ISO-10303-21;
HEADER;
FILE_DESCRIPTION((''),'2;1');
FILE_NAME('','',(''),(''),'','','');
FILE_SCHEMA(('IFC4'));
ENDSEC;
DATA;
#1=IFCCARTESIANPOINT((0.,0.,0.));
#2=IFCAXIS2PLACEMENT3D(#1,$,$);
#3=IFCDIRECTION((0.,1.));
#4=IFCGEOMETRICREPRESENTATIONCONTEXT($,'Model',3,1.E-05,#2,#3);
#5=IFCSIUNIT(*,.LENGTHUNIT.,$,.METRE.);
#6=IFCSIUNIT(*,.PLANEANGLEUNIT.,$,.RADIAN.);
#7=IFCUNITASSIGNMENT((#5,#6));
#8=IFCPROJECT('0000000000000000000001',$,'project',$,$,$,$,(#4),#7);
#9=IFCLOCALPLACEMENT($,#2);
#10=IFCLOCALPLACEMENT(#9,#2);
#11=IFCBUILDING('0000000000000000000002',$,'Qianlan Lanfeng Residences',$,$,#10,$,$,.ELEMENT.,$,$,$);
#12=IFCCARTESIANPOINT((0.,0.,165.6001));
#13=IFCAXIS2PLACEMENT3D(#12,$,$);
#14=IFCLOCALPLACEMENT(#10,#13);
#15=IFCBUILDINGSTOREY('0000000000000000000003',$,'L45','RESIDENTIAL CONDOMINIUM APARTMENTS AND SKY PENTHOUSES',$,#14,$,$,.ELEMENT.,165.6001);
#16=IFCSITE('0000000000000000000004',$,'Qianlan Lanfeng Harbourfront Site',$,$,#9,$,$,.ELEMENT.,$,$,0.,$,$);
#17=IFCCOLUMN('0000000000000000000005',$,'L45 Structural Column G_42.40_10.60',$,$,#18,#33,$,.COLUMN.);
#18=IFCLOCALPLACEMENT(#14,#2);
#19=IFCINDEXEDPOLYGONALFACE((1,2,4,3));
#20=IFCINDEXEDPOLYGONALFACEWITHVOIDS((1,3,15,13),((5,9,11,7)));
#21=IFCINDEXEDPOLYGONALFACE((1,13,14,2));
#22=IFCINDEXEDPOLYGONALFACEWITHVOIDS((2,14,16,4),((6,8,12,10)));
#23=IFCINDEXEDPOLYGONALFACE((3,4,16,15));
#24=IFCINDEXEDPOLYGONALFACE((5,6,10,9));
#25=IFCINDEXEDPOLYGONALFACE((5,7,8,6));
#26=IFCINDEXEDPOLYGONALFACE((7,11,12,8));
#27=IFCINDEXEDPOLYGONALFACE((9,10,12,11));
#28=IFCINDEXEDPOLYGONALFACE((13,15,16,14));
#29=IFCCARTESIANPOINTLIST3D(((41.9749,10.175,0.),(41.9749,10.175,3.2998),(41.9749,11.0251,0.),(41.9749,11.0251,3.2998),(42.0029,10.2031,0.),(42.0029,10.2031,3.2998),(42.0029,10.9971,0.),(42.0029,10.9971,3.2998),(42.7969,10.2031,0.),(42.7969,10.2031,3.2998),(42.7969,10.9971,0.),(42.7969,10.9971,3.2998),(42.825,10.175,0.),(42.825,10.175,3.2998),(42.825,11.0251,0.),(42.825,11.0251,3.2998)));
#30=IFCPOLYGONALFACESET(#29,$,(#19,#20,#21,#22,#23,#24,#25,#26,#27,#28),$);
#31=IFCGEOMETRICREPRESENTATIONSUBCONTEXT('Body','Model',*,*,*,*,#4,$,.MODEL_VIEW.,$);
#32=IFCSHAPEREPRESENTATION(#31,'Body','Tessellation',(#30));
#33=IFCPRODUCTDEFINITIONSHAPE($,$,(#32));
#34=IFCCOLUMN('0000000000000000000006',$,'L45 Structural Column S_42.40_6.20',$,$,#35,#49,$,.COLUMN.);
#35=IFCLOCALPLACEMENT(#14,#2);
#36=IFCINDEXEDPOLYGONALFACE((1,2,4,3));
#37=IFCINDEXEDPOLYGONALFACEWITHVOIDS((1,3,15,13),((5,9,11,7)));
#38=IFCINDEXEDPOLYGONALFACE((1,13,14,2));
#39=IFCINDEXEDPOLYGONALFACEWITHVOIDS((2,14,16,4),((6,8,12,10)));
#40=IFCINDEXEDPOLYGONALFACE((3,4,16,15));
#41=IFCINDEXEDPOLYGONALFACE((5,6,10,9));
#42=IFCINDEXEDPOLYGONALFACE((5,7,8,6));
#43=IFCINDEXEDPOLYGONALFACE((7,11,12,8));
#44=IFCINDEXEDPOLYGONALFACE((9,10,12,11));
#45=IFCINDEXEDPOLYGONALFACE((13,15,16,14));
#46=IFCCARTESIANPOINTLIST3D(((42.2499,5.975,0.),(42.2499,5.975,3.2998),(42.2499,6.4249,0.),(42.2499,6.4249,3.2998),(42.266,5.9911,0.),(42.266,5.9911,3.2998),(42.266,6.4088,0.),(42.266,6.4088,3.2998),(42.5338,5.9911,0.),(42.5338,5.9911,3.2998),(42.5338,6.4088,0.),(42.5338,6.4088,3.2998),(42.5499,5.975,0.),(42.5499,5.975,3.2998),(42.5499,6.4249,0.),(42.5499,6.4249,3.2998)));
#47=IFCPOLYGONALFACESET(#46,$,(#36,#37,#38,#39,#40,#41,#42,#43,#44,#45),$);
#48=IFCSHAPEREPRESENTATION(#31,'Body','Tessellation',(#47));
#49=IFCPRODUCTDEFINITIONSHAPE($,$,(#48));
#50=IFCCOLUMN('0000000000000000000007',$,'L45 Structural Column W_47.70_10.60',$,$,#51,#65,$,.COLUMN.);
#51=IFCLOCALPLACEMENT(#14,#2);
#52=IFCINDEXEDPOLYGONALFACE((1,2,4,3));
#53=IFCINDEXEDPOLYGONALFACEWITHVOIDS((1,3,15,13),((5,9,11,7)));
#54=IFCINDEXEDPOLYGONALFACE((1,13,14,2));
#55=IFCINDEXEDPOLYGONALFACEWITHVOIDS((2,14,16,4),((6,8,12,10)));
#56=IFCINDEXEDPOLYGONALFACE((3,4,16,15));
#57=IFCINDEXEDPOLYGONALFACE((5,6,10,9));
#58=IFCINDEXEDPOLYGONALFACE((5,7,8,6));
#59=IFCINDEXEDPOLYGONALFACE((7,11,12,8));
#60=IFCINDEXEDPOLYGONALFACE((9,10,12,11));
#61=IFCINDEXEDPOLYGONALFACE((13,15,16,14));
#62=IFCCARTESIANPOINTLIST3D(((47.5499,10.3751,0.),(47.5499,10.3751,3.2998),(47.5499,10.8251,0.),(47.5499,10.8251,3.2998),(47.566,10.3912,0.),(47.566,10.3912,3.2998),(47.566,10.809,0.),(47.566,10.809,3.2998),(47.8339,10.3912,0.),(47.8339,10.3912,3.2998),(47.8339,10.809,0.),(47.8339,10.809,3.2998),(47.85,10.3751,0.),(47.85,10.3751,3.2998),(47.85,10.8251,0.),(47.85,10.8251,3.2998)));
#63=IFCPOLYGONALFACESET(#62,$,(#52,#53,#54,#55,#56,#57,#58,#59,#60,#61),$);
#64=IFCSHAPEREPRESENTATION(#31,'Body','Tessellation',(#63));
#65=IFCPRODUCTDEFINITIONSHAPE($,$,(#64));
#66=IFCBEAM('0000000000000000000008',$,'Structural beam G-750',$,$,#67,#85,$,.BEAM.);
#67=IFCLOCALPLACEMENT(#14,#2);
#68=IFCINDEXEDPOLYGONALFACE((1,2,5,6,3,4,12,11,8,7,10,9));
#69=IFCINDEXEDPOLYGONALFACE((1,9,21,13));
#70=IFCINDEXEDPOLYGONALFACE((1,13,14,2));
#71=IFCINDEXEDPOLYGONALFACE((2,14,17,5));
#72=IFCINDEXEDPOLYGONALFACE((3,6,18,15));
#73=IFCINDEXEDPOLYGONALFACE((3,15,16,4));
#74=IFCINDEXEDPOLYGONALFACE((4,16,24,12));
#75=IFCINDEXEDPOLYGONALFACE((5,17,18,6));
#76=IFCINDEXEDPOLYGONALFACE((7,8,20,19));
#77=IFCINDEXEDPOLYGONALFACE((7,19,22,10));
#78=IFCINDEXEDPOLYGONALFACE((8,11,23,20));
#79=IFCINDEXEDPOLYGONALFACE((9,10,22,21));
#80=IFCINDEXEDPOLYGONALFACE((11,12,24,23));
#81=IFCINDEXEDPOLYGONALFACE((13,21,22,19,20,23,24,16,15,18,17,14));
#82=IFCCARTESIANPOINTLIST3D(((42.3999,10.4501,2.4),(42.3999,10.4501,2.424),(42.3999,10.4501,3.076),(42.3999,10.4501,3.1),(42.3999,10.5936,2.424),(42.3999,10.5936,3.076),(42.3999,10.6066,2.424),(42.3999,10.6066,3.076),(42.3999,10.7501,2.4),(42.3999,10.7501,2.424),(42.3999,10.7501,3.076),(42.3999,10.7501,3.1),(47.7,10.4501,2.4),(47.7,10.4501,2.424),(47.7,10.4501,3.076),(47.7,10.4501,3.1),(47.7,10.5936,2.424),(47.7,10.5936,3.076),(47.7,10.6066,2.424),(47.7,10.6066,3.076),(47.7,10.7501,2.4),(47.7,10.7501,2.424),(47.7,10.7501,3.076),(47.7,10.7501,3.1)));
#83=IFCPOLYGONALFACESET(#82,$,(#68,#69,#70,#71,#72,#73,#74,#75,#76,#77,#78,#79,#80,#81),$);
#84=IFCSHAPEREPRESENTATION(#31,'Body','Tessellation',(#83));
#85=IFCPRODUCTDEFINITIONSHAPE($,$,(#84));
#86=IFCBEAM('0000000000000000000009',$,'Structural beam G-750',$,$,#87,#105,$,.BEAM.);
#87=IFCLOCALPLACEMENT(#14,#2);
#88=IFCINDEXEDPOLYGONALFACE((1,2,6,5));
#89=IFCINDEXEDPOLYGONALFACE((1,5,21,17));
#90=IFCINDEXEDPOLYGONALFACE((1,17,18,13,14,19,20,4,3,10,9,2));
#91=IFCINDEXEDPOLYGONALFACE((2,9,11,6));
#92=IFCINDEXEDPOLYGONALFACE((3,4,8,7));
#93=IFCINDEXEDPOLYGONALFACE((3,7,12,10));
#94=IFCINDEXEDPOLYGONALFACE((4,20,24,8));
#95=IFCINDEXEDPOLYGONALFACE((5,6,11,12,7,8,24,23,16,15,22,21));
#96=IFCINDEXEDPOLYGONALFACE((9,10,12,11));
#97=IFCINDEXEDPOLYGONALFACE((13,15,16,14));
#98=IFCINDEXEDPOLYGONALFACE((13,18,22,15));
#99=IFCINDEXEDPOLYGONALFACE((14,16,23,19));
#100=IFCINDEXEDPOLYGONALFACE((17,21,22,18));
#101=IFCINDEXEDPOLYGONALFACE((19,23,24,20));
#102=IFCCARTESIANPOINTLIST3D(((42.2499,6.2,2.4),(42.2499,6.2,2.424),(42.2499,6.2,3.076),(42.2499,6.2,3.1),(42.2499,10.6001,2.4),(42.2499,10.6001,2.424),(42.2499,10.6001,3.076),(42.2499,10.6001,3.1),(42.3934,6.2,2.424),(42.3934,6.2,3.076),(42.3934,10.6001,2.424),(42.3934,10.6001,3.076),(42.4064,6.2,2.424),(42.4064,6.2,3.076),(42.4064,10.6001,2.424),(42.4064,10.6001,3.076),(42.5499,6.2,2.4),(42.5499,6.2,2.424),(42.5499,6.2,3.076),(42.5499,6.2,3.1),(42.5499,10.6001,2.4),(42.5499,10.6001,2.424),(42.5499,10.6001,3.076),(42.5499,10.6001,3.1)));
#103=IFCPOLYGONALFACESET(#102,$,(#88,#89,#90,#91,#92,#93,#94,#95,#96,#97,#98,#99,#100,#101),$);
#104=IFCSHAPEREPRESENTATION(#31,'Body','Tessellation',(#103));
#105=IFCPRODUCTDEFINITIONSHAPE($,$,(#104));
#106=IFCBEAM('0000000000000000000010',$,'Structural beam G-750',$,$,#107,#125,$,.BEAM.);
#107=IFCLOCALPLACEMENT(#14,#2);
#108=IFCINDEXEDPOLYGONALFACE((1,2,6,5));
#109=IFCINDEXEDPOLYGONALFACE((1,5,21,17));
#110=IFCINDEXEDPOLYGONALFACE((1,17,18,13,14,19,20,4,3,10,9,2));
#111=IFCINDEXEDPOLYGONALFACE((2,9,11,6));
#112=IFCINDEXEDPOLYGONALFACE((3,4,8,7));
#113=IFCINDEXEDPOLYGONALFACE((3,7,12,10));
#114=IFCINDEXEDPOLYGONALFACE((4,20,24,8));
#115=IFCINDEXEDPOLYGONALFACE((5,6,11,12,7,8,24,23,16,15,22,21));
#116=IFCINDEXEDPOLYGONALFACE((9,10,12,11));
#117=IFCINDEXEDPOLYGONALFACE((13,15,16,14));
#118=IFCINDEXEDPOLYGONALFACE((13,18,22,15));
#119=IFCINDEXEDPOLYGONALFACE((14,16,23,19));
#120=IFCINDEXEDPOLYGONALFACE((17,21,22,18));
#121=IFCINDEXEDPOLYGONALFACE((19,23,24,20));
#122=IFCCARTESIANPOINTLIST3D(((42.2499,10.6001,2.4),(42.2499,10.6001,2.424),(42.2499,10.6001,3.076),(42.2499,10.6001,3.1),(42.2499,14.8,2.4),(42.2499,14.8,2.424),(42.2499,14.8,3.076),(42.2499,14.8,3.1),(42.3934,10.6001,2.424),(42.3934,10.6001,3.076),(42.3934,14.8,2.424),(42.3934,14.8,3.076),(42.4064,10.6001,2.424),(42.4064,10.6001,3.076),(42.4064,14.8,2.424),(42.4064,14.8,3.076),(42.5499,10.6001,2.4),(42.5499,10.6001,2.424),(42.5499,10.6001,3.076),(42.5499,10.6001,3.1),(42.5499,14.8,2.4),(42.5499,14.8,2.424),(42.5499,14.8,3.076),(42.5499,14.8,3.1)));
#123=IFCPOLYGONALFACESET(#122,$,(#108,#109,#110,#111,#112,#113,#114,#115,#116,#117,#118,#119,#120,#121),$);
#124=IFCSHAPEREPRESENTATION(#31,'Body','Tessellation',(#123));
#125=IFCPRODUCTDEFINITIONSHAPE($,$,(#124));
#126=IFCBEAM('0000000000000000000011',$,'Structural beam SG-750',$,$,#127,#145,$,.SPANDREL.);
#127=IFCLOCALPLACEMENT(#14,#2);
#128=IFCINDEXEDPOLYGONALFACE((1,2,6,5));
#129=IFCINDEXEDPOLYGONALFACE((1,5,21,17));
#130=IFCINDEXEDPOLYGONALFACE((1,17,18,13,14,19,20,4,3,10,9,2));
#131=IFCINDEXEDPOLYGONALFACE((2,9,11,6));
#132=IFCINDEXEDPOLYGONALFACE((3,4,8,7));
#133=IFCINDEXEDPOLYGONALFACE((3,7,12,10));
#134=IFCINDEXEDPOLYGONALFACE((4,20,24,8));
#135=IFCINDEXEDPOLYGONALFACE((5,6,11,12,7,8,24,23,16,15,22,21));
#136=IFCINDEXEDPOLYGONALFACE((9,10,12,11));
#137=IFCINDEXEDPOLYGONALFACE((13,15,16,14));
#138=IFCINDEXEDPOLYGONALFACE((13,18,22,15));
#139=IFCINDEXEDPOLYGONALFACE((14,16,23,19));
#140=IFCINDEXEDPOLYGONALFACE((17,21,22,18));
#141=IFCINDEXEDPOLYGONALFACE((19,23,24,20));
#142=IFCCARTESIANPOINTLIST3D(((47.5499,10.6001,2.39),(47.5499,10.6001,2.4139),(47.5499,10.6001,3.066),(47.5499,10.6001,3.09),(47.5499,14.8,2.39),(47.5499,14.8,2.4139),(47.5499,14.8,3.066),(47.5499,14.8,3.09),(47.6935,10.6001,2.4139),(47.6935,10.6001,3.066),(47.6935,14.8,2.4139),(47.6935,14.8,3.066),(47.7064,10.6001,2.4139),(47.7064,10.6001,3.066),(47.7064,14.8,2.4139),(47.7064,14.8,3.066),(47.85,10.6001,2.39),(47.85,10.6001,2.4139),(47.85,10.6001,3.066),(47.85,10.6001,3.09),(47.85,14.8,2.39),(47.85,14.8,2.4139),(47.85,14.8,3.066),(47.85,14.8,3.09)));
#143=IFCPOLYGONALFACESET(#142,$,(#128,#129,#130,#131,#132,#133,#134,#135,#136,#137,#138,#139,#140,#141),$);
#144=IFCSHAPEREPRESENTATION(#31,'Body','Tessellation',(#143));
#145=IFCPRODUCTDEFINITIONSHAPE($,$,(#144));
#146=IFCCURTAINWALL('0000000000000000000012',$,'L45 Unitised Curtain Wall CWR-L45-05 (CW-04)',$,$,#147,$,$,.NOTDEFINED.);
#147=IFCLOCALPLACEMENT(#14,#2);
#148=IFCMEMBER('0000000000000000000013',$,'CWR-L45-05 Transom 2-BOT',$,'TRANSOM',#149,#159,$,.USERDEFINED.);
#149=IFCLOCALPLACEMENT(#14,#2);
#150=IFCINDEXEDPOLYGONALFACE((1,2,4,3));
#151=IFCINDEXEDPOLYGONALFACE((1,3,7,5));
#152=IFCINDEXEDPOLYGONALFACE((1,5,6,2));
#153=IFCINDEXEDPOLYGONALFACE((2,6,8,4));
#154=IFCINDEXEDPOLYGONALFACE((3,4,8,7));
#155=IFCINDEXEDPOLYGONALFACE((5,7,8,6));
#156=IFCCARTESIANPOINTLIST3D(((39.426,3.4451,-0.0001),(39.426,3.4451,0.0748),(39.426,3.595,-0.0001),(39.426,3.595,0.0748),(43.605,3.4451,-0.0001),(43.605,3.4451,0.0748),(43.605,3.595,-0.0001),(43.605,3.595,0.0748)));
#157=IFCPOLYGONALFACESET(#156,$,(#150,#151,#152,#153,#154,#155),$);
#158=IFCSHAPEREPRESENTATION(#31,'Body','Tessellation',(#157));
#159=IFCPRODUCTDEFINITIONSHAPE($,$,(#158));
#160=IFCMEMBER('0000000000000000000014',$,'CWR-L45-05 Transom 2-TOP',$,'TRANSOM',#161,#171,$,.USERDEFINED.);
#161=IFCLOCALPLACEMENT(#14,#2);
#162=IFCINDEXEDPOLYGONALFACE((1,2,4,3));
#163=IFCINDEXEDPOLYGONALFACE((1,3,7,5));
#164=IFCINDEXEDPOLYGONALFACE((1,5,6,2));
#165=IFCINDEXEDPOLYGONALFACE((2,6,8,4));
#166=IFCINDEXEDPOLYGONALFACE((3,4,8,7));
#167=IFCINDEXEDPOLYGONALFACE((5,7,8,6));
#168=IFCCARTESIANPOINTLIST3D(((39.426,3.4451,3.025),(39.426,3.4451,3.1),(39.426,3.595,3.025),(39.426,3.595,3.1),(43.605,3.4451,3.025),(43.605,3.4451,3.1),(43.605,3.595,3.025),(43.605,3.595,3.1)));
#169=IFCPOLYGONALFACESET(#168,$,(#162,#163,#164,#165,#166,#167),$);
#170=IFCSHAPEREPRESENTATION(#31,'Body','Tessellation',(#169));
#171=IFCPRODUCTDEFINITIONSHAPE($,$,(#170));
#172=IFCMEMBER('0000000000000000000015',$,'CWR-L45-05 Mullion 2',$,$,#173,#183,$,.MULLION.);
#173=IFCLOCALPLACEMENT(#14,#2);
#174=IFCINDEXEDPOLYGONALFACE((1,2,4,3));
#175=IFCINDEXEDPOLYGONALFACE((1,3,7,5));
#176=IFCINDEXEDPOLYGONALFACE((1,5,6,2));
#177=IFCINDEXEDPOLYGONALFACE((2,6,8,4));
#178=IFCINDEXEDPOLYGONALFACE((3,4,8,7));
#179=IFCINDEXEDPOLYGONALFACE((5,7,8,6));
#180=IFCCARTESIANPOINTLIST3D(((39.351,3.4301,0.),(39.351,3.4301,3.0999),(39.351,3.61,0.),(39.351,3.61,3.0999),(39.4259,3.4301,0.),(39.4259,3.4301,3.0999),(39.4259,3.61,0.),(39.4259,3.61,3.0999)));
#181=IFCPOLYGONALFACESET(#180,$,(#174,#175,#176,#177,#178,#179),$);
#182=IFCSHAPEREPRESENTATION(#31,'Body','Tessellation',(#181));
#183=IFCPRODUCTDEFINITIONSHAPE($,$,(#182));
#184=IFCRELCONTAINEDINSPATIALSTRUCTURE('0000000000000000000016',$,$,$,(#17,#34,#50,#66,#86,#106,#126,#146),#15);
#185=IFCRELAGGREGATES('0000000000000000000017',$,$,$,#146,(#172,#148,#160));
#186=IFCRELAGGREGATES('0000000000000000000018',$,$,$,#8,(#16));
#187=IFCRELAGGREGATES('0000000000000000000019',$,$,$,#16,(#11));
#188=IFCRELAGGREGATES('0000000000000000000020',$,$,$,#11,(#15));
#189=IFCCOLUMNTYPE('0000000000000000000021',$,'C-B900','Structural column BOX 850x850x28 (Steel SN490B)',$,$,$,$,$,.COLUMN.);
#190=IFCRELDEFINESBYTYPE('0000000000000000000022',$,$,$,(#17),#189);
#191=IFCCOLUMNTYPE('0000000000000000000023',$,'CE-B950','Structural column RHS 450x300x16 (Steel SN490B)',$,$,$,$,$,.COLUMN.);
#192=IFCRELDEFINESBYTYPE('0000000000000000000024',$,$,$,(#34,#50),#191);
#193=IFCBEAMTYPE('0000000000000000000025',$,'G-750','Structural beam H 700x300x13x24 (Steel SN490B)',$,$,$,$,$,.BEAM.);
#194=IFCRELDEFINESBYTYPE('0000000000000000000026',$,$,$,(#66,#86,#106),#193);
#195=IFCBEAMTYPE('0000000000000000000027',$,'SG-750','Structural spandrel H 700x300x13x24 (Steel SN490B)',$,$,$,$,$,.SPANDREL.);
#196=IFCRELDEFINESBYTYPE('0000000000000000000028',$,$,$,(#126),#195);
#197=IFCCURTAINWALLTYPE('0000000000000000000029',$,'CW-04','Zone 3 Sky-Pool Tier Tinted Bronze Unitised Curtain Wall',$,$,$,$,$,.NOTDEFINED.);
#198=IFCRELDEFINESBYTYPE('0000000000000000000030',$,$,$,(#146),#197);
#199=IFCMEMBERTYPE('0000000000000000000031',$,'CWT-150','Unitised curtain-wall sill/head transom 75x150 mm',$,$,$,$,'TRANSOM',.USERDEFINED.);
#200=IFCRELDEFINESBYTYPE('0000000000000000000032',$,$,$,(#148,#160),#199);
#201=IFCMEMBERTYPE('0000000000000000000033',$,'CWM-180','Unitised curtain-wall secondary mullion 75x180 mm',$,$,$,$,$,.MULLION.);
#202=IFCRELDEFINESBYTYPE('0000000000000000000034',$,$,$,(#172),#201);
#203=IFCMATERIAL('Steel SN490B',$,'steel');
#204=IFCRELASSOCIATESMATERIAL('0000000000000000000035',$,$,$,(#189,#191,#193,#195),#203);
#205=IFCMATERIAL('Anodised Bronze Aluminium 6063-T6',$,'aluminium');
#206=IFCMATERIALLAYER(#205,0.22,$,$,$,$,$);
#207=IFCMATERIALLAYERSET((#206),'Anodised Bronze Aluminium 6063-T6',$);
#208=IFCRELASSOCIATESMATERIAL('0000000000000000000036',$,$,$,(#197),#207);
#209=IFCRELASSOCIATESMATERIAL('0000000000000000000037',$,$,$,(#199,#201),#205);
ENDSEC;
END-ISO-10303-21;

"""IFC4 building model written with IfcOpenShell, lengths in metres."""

from ifc_helpers import new_model, si_unit, direction, frame, origin, origin_2d, place, context, subcontext, project, spatial, rectangle, hollow_rectangle, i_section, extrude, source, transform, mapped, material, layer, layer_set, material_profile, profile_set, type_object, element, aggregate, save


model = new_model("IFC4")

# Units and contexts
model_context = context("Model", 3, precision=1e-05, world=origin(), true_north=direction((0.0, 1.0)))
body_context = subcontext(model_context, "Body", "Model", "MODEL_VIEW")
ifc_project = project(units=[si_unit("LENGTHUNIT", "METRE"), si_unit("PLANEANGLEUNIT", "RADIAN")], contexts=[model_context])

# Site, building, storey
site_placement = place(None, origin())
site = spatial("IfcSite", under=ifc_project, at=site_placement, Name="Qianlan Lanfeng Harbourfront Site", CompositionType="ELEMENT", RefElevation=0.0)
building_placement = place(site_placement, origin())
building = spatial("IfcBuilding", under=site, at=building_placement, Name="Qianlan Lanfeng Residences", CompositionType="ELEMENT")
storey_placement = place(building_placement, frame((0.0, 0.0, 165.6001)))
storey = spatial("IfcBuildingStorey", under=building, at=storey_placement, Name="L45", Description="RESIDENTIAL CONDOMINIUM APARTMENTS AND SKY PENTHOUSES", CompositionType="ELEMENT", Elevation=165.6001)

# Columns
ifc_material_1 = material(Name="Steel SN490B", Category="steel")
ifc_material_profile_1 = material_profile(ifc_material_1, hollow_rectangle(XDim=0.8501, YDim=0.8501, WallThickness=0.0281, at=origin_2d()), Name="BOX 850x850x28")
ifc_profile_set_1 = profile_set([ifc_material_profile_1], Name="Steel SN490B")
column_type_1 = type_object("IfcColumnType", Name="C-B900", Description="Structural column BOX 850x850x28 (Steel SN490B)", PredefinedType="COLUMN", material=ifc_profile_set_1)
column_placement = place(storey_placement, frame((42.3999, 10.6001, 0.0), z_axis=(0.0, 0.0, 1.0), x_axis=(1.0, 0.0, 0.0)))
element("IfcColumn", 1, at=column_placement, inside=storey, type_object=column_type_1, Name="L45 Structural Column G_42.40_10.60", PredefinedType="COLUMN", context=body_context, shape_type="SweptSolid", body=[
    extrude(hollow_rectangle(XDim=0.8501, YDim=0.8501, WallThickness=0.0281, at=origin_2d()), origin(), (0.0, 0.0, 1.0), 3.2998),
])
ifc_material_profile_2 = material_profile(ifc_material_1, hollow_rectangle(XDim=0.3, YDim=0.45, WallThickness=0.0161, at=origin_2d()), Name="RHS 450x300x16")
ifc_profile_set_2 = profile_set([ifc_material_profile_2], Name="Steel SN490B")
column_type_2 = type_object("IfcColumnType", Name="CE-B950", Description="Structural column RHS 450x300x16 (Steel SN490B)", PredefinedType="COLUMN", material=ifc_profile_set_2)
for number, where, z_axis, x_axis, name in (
    (2, (42.3999, 6.2, 0.0), (0.0, 0.0, 1.0), (1.0, 0.0, 0.0), "L45 Structural Column S_42.40_6.20"),
    (3, (47.7, 10.6001, 0.0), (0.0, 0.0, 1.0), (1.0, 0.0, 0.0), "L45 Structural Column W_47.70_10.60"),
):
    element("IfcColumn", number, at=place(storey_placement, frame(where, z_axis=z_axis, x_axis=x_axis)), inside=storey, type_object=column_type_2, Name=name, PredefinedType="COLUMN", context=body_context, shape_type="SweptSolid", body=[
        extrude(hollow_rectangle(XDim=0.3, YDim=0.45, WallThickness=0.0161, at=origin_2d()), origin(), (0.0, 0.0, 1.0), 3.2998),
    ])

# Beams
ifc_material_profile_3 = material_profile(ifc_material_1, i_section(OverallWidth=0.3, OverallDepth=0.7, WebThickness=0.0129, FlangeThickness=0.0239, at=origin_2d()), Name="H 700x300x13x24")
ifc_profile_set_3 = profile_set([ifc_material_profile_3], Name="Steel SN490B")
beam_type_1 = type_object("IfcBeamType", Name="G-750", Description="Structural beam H 700x300x13x24 (Steel SN490B)", PredefinedType="BEAM", material=ifc_profile_set_3)
beam_1_placement = place(storey_placement, frame((42.3999, 10.6001, 2.75), z_axis=(1.0, 0.0, 0.0), x_axis=(0.0, 1.0, 0.0)))
element("IfcBeam", 4, at=beam_1_placement, inside=storey, type_object=beam_type_1, Name="Structural beam G-750", PredefinedType="BEAM", context=body_context, shape_type="SweptSolid", body=[
    extrude(i_section(OverallWidth=0.3, OverallDepth=0.7, WebThickness=0.0129, FlangeThickness=0.0239, at=origin_2d()), origin(), (0.0, 0.0, 1.0), 5.3),
])
beam_2_placement = place(storey_placement, frame((42.3999, 6.2, 2.75), z_axis=(0.0, 1.0, 0.0), x_axis=(-1.0, 0.0, 0.0)))
element("IfcBeam", 5, at=beam_2_placement, inside=storey, type_object=beam_type_1, Name="Structural beam G-750", PredefinedType="BEAM", context=body_context, shape_type="SweptSolid", body=[
    extrude(i_section(OverallWidth=0.3, OverallDepth=0.7, WebThickness=0.0129, FlangeThickness=0.0239, at=origin_2d()), origin(), (0.0, 0.0, 1.0), 4.4001),
])
beam_3_placement = place(storey_placement, frame((42.3999, 10.6001, 2.75), z_axis=(0.0, 1.0, 0.0), x_axis=(-1.0, 0.0, 0.0)))
element("IfcBeam", 6, at=beam_3_placement, inside=storey, type_object=beam_type_1, Name="Structural beam G-750", PredefinedType="BEAM", context=body_context, shape_type="SweptSolid", body=[
    extrude(i_section(OverallWidth=0.3, OverallDepth=0.7, WebThickness=0.0129, FlangeThickness=0.0239, at=origin_2d()), origin(), (0.0, 0.0, 1.0), 4.2),
])
ifc_material_profile_4 = material_profile(ifc_material_1, i_section(OverallWidth=0.3, OverallDepth=0.7, WebThickness=0.0129, FlangeThickness=0.0239, at=origin_2d()), Name="H 700x300x13x24")
ifc_profile_set_4 = profile_set([ifc_material_profile_4], Name="Steel SN490B")
beam_type_2 = type_object("IfcBeamType", Name="SG-750", Description="Structural spandrel H 700x300x13x24 (Steel SN490B)", PredefinedType="SPANDREL", material=ifc_profile_set_4)
beam_4_placement = place(storey_placement, frame((47.7, 10.6001, 2.74), z_axis=(0.0, 1.0, 0.0), x_axis=(-1.0, 0.0, 0.0)))
element("IfcBeam", 7, at=beam_4_placement, inside=storey, type_object=beam_type_2, Name="Structural beam SG-750", PredefinedType="SPANDREL", context=body_context, shape_type="SweptSolid", body=[
    extrude(i_section(OverallWidth=0.3, OverallDepth=0.7, WebThickness=0.0129, FlangeThickness=0.0239, at=origin_2d()), origin(), (0.0, 0.0, 1.0), 4.2),
])

# Curtain wall, members
ifc_material_2 = material(Name="Anodised Bronze Aluminium 6063-T6", Category="aluminium")
ifc_layer_1 = layer(ifc_material_2, 0.22)
ifc_layer_set_1 = layer_set([ifc_layer_1], Name="Anodised Bronze Aluminium 6063-T6")
curtain_wall_type = type_object("IfcCurtainWallType", Name="CW-04", Description="Zone 3 Sky-Pool Tier Tinted Bronze Unitised Curtain Wall", PredefinedType="NOTDEFINED", material=ifc_layer_set_1)
curtain_wall_placement = place(storey_placement, origin())
curtain_wall = element("IfcCurtainWall", 8, at=curtain_wall_placement, inside=storey, type_object=curtain_wall_type, Name="L45 Unitised Curtain Wall CWR-L45-05 (CW-04)", PredefinedType="NOTDEFINED")
ifc_material_profile_5 = material_profile(ifc_material_2, rectangle(XDim=0.075, YDim=0.1499, at=origin_2d()), Name="ALU TRANSOM 75x150")
ifc_profile_set_5 = profile_set([ifc_material_profile_5], Name="Anodised Bronze Aluminium 6063-T6")
member_type_1 = type_object("IfcMemberType", Name="CWT-150", Description="Unitised curtain-wall sill/head transom 75x150 mm", ElementType="TRANSOM", PredefinedType="USERDEFINED", material=ifc_profile_set_5)
shared_shape_1 = source(origin(), body_context, "Body", "SweptSolid", [
    extrude(rectangle(XDim=0.075, YDim=0.1499, at=origin_2d()), origin(), (0.0, 0.0, 1.0), 4.179),
])
member_1_placement = place(storey_placement, frame((39.426, 3.52, 0.0374), z_axis=(1.0, 0.0, 0.0), x_axis=(0.0, 0.0, 1.0)))
member_1 = element("IfcMember", 9, at=member_1_placement, type_object=member_type_1, Name="CWR-L45-05 Transom 2-BOT", ObjectType="TRANSOM", PredefinedType="USERDEFINED", context=body_context, shape_type="MappedRepresentation", body=[
    mapped(shared_shape_1, transform((0.0, 0.0, 0.0), scale=1.0)),
])
member_2_placement = place(storey_placement, frame((39.426, 3.52, 3.0625), z_axis=(1.0, 0.0, 0.0), x_axis=(0.0, 0.0, 1.0)))
member_2 = element("IfcMember", 10, at=member_2_placement, type_object=member_type_1, Name="CWR-L45-05 Transom 2-TOP", ObjectType="TRANSOM", PredefinedType="USERDEFINED", context=body_context, shape_type="MappedRepresentation", body=[
    mapped(shared_shape_1, transform((0.0, 0.0, 0.0), scale=1.0)),
])
ifc_material_profile_6 = material_profile(ifc_material_2, rectangle(XDim=0.075, YDim=0.1799, at=origin_2d()), Name="ALU MULLION 75x180")
ifc_profile_set_6 = profile_set([ifc_material_profile_6], Name="Anodised Bronze Aluminium 6063-T6")
member_type_2 = type_object("IfcMemberType", Name="CWM-180", Description="Unitised curtain-wall secondary mullion 75x180 mm", PredefinedType="MULLION", material=ifc_profile_set_6)
shared_shape_2 = source(origin(), body_context, "Body", "SweptSolid", [
    extrude(rectangle(XDim=0.075, YDim=0.1799, at=origin_2d()), origin(), (0.0, 0.0, 1.0), 3.0999),
])
member_3_placement = place(storey_placement, frame((39.3884, 3.52, 0.0), z_axis=(0.0, 0.0, 1.0), x_axis=(1.0, 0.0, 0.0)))
member_3 = element("IfcMember", 11, at=member_3_placement, type_object=member_type_2, Name="CWR-L45-05 Mullion 2", PredefinedType="MULLION", context=body_context, shape_type="MappedRepresentation", body=[
    mapped(shared_shape_2, transform((0.0, 0.0, 0.0), scale=1.0)),
])
aggregate(curtain_wall, [member_3, member_1, member_2])

save(model, "model.ifc")
